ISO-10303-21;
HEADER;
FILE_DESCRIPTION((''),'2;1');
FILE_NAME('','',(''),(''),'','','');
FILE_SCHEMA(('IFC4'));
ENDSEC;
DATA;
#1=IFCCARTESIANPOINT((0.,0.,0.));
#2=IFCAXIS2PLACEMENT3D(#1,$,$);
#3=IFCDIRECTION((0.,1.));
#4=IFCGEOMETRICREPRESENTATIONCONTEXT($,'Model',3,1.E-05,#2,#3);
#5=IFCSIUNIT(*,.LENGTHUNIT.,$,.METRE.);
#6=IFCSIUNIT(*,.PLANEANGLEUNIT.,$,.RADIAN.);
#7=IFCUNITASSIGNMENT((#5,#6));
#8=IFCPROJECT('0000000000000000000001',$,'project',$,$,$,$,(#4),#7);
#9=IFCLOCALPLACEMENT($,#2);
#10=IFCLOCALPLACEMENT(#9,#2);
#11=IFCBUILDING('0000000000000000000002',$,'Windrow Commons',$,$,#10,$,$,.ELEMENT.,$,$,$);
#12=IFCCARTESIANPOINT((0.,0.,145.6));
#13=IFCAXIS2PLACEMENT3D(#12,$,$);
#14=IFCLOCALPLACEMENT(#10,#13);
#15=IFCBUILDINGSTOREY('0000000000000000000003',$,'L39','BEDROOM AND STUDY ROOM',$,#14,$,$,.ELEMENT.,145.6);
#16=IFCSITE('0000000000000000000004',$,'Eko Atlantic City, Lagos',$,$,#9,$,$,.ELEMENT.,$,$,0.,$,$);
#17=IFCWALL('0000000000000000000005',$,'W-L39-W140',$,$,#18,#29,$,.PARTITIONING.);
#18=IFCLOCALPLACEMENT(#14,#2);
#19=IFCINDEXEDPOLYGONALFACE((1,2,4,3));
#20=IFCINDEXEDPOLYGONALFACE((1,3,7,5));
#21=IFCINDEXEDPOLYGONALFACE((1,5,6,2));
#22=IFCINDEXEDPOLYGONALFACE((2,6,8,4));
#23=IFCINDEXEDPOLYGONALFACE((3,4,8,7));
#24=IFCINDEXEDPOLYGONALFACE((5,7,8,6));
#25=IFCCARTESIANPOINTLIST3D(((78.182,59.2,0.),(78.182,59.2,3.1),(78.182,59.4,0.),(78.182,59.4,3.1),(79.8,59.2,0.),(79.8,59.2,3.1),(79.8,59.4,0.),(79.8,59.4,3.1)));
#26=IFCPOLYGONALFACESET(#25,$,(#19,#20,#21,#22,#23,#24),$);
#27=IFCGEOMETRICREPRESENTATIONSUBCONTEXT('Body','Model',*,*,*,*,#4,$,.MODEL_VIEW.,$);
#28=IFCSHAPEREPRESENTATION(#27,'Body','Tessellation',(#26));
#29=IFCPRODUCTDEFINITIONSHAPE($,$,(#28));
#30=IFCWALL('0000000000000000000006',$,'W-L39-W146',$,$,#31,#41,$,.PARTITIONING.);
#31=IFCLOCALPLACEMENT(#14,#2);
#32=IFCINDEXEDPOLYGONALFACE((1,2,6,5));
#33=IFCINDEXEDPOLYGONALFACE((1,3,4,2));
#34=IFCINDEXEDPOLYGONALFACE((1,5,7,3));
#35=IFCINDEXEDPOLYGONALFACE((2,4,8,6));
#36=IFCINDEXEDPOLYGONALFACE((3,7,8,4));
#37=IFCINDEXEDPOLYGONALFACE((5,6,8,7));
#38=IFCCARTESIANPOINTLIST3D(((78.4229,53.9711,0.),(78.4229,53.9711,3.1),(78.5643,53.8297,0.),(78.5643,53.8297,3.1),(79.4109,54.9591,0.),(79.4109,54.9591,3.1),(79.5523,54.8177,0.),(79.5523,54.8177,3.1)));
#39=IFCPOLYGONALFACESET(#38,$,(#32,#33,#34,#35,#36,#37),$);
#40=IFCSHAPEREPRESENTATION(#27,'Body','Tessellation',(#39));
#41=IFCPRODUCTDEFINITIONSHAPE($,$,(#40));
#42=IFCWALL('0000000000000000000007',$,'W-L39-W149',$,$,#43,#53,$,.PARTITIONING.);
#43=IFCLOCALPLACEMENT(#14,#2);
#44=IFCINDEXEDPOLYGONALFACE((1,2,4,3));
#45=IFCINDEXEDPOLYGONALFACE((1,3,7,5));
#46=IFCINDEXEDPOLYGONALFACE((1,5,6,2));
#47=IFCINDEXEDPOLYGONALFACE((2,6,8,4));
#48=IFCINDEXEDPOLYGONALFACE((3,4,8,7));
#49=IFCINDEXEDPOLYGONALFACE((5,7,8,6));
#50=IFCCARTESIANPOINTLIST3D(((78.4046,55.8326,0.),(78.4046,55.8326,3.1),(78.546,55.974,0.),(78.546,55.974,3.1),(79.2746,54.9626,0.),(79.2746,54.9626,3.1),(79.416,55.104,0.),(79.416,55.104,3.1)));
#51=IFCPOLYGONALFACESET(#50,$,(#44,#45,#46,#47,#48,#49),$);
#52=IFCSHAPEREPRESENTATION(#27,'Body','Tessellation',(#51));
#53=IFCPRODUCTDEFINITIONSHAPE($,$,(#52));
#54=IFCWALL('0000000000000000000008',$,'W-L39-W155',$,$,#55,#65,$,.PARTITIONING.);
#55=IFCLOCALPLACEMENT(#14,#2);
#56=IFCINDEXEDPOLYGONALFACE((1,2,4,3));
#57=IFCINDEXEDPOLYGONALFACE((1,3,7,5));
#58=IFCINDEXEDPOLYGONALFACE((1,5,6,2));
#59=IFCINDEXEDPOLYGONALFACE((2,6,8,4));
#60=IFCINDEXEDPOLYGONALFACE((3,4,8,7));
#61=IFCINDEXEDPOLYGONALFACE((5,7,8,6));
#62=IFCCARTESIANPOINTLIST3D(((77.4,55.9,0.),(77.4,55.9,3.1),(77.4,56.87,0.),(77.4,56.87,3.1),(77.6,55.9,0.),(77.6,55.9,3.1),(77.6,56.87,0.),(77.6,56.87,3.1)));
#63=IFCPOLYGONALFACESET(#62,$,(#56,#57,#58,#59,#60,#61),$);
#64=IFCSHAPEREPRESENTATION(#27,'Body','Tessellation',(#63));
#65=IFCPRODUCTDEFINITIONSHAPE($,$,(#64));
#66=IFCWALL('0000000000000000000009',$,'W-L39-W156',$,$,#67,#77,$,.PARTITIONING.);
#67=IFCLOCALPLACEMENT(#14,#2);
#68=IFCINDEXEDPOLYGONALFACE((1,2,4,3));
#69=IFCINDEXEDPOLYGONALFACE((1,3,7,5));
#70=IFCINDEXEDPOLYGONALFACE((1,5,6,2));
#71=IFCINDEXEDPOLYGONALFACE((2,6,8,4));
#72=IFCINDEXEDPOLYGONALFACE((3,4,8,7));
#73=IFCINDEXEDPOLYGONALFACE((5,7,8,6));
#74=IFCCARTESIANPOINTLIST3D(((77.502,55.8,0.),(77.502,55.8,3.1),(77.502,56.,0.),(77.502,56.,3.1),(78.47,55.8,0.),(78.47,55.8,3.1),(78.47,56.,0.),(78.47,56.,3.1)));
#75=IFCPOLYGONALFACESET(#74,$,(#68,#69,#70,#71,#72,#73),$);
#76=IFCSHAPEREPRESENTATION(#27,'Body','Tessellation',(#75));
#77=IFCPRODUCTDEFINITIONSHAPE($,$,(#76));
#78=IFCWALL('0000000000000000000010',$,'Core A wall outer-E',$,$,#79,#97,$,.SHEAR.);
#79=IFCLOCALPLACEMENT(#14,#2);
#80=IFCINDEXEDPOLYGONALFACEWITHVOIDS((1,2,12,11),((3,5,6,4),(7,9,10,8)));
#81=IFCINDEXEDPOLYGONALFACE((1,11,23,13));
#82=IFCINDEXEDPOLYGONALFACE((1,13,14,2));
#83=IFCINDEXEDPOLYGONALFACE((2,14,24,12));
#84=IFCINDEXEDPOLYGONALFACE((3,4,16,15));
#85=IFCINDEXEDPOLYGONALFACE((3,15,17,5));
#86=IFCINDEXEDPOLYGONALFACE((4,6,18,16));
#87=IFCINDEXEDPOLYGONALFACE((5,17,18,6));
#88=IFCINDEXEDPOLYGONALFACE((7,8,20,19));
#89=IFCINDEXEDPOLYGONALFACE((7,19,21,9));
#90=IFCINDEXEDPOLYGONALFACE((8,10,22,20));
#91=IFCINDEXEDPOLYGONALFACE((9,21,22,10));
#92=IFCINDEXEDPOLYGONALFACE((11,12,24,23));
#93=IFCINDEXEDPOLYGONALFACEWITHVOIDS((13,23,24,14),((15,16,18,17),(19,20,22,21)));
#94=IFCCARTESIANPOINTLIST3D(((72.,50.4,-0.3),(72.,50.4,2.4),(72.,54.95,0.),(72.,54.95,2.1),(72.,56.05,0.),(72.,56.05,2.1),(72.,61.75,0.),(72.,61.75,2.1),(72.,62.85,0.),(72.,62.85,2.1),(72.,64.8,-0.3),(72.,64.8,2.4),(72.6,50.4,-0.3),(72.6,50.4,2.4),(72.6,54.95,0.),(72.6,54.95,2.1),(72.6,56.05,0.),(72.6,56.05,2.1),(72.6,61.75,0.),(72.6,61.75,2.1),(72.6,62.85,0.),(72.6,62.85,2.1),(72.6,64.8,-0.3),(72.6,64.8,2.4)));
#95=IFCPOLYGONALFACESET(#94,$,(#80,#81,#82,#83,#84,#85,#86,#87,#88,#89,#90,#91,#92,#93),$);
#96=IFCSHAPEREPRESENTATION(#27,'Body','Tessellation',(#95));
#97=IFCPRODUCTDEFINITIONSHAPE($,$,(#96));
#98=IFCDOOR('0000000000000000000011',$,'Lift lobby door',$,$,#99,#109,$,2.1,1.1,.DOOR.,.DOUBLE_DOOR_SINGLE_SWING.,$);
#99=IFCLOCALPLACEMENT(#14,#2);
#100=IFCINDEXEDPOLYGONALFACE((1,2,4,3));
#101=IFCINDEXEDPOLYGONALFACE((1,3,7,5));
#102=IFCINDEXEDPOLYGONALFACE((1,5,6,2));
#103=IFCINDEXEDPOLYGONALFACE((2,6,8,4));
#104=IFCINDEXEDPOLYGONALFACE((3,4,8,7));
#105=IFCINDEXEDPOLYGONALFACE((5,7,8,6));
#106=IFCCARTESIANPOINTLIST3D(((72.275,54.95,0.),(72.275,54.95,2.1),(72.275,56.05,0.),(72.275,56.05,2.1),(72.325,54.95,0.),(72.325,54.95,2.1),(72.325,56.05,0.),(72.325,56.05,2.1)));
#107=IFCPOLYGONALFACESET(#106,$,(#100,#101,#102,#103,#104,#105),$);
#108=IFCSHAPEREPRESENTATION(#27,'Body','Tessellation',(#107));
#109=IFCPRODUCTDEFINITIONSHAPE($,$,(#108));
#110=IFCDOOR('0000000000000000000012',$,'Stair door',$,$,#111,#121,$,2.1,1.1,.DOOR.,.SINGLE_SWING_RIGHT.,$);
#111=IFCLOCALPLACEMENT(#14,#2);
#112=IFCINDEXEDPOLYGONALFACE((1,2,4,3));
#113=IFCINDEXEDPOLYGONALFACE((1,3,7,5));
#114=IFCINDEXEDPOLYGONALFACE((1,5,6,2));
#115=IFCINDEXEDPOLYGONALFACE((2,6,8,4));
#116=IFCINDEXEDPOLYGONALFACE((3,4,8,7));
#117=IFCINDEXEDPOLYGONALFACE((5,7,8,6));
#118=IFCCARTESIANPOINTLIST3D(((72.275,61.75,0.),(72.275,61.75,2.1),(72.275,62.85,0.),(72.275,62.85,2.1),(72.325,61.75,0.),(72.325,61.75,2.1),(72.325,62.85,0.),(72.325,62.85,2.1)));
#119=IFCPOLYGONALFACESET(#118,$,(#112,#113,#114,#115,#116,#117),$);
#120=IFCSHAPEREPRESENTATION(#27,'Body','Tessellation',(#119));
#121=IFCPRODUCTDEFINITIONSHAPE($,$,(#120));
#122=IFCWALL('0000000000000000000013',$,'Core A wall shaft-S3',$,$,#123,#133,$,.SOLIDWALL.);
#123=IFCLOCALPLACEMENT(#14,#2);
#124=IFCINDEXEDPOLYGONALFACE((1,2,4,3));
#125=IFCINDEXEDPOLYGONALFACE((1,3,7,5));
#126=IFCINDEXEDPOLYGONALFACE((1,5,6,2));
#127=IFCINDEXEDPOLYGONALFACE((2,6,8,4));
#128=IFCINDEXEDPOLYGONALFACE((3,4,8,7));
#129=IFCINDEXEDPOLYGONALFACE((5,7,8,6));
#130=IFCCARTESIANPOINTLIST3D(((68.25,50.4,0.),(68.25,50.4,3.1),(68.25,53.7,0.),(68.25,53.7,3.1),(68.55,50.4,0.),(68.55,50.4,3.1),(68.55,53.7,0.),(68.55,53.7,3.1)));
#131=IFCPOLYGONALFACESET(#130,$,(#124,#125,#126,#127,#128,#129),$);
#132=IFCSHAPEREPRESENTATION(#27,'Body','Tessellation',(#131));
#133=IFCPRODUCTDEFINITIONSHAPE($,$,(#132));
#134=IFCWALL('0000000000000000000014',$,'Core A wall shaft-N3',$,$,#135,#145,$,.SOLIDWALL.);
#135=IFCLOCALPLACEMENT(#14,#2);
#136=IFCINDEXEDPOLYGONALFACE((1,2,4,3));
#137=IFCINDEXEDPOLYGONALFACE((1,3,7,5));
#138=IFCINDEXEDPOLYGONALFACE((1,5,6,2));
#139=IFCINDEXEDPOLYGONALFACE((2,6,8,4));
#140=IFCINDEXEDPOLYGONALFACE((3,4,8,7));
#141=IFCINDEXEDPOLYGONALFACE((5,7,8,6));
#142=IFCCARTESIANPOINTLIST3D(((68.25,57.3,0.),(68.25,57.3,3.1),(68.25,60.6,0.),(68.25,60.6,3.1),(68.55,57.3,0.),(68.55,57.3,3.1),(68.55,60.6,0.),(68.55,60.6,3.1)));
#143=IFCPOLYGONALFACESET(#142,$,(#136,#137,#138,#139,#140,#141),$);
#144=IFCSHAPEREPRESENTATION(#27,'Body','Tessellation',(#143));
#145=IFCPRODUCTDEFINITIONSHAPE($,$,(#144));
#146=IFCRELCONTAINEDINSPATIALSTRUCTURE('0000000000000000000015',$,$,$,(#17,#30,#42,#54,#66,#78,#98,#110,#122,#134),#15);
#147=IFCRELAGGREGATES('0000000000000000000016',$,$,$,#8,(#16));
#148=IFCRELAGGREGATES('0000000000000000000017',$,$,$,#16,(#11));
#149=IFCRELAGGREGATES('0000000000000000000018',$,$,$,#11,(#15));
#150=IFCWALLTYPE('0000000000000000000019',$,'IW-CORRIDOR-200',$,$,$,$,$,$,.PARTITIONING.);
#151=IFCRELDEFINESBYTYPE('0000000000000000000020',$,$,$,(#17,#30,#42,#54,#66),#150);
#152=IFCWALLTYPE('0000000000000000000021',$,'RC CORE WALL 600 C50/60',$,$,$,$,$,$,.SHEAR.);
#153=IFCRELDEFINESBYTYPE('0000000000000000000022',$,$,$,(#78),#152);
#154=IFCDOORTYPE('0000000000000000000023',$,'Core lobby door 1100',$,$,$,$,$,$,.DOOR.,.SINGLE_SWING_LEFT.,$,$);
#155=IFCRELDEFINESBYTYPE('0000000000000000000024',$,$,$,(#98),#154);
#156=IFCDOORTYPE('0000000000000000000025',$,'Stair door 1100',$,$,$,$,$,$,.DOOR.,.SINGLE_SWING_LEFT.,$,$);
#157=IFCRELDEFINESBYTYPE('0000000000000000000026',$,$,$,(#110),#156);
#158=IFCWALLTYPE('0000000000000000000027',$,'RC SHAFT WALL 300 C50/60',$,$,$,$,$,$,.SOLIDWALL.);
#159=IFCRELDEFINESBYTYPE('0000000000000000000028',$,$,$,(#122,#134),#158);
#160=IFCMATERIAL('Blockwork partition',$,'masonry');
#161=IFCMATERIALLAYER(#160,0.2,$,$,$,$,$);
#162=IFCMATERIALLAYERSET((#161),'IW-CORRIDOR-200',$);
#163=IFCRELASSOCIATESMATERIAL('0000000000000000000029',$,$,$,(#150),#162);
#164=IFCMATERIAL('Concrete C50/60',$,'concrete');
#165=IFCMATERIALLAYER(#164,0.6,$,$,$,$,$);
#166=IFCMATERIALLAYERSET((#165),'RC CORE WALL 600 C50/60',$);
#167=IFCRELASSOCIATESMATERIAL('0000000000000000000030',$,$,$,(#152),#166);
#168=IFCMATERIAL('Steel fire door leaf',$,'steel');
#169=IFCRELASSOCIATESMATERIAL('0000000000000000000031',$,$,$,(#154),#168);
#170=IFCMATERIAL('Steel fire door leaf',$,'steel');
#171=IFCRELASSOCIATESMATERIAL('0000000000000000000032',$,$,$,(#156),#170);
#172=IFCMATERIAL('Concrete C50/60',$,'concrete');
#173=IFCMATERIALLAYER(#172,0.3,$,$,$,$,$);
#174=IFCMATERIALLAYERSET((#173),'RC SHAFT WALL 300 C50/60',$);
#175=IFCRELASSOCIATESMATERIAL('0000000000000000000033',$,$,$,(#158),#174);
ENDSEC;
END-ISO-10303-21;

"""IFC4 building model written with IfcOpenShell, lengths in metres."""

from ifc_helpers import new_model, si_unit, direction, frame, frame_2d, origin, place, context, subcontext, project, spatial, rectangle, extrude, material, layer, layer_set, type_object, element, fill, save


model = new_model("IFC4")

# Units and contexts
model_context = context("Model", 3, precision=1e-05, world=origin(), true_north=direction((0.0, 1.0)))
body_context = subcontext(model_context, "Body", "Model", "MODEL_VIEW")
ifc_project = project(units=[si_unit("LENGTHUNIT", "METRE"), si_unit("PLANEANGLEUNIT", "RADIAN")], contexts=[model_context])

# Site, building, storey
site_placement = place(None, origin())
site = spatial("IfcSite", under=ifc_project, at=site_placement, Name="Eko Atlantic City, Lagos", CompositionType="ELEMENT", RefElevation=0.0)
building_placement = place(site_placement, origin())
building = spatial("IfcBuilding", under=site, at=building_placement, Name="Windrow Commons", CompositionType="ELEMENT")
storey_placement = place(building_placement, frame((0.0, 0.0, 145.6)))
storey = spatial("IfcBuildingStorey", under=building, at=storey_placement, Name="L39", Description="BEDROOM AND STUDY ROOM", CompositionType="ELEMENT", Elevation=145.6)

# Shared definitions
ifc_material_1 = material(Name="Blockwork partition", Category="masonry")
ifc_layer_1 = layer(ifc_material_1, 0.2)
ifc_layer_set_1 = layer_set([ifc_layer_1], Name="IW-CORRIDOR-200")
wall_type_1 = type_object("IfcWallType", Name="IW-CORRIDOR-200", PredefinedType="PARTITIONING", material=ifc_layer_set_1)

# Walls
wall_1_placement = place(storey_placement, frame((78.182, 59.3, 0.0), z_axis=(0.0, 0.0, 1.0), x_axis=(1.0, 0.0, 0.0)))
element("IfcWall", 1, at=wall_1_placement, inside=storey, type_object=wall_type_1, Name="W-L39-W140", PredefinedType="PARTITIONING", context=body_context, shape_type="SweptSolid", body=[
    extrude(rectangle(XDim=1.618, YDim=0.2, at=frame_2d((0.809, 0.0))), origin(), (0.0, 0.0, 1.0), 3.1),
])
wall_2_placement = place(storey_placement, frame((78.4936, 53.9004, 0.0), z_axis=(0.0, 0.0, 1.0), x_axis=(0.707107, 0.707107, 0.0)))
element("IfcWall", 2, at=wall_2_placement, inside=storey, type_object=wall_type_1, Name="W-L39-W146", PredefinedType="PARTITIONING", context=body_context, shape_type="SweptSolid", body=[
    extrude(rectangle(XDim=1.3972, YDim=0.2, at=frame_2d((0.6986, 0.0))), origin(), (0.0, 0.0, 1.0), 3.1),
])
wall_3_placement = place(storey_placement, frame((78.4753, 55.9033, 0.0), z_axis=(0.0, 0.0, 1.0), x_axis=(0.707107, -0.707107, 0.0)))
element("IfcWall", 3, at=wall_3_placement, inside=storey, type_object=wall_type_1, Name="W-L39-W149", PredefinedType="PARTITIONING", context=body_context, shape_type="SweptSolid", body=[
    extrude(rectangle(XDim=1.2304, YDim=0.2, at=frame_2d((0.6152, 0.0))), origin(), (0.0, 0.0, 1.0), 3.1),
])
wall_4_placement = place(storey_placement, frame((77.5, 55.9, 0.0), z_axis=(0.0, 0.0, 1.0), x_axis=(0.0, 1.0, 0.0)))
element("IfcWall", 4, at=wall_4_placement, inside=storey, type_object=wall_type_1, Name="W-L39-W155", PredefinedType="PARTITIONING", context=body_context, shape_type="SweptSolid", body=[
    extrude(rectangle(XDim=0.97, YDim=0.2, at=frame_2d((0.485, 0.0))), origin(), (0.0, 0.0, 1.0), 3.1),
])
wall_5_placement = place(storey_placement, frame((77.502, 55.9, 0.0), z_axis=(0.0, 0.0, 1.0), x_axis=(1.0, 0.0, 0.0)))
element("IfcWall", 5, at=wall_5_placement, inside=storey, type_object=wall_type_1, Name="W-L39-W156", PredefinedType="PARTITIONING", context=body_context, shape_type="SweptSolid", body=[
    extrude(rectangle(XDim=0.968, YDim=0.2, at=frame_2d((0.484, 0.0))), origin(), (0.0, 0.0, 1.0), 3.1),
])

# Wall, openings, doors
ifc_material_2 = material(Name="Concrete C50/60", Category="concrete")
ifc_layer_2 = layer(ifc_material_2, 0.6)
ifc_layer_set_2 = layer_set([ifc_layer_2], Name="RC CORE WALL 600 C50/60")
wall_type_2 = type_object("IfcWallType", Name="RC CORE WALL 600 C50/60", PredefinedType="SHEAR", material=ifc_layer_set_2)
wall_6_placement = place(storey_placement, frame((72.3, 50.4, -0.3), z_axis=(0.0, 0.0, 1.0), x_axis=(0.0, 1.0, 0.0)))
wall_6 = element("IfcWall", 6, at=wall_6_placement, inside=storey, type_object=wall_type_2, Name="Core A wall outer-E", PredefinedType="SHEAR", context=body_context, shape_type="SweptSolid", body=[
    extrude(rectangle(XDim=14.4, YDim=0.6, at=frame_2d((7.2, 0.0))), origin(), (0.0, 0.0, 1.0), 2.7),
])
opening_1_placement = place(wall_6_placement, frame((4.55, 0.0, 0.3)))
opening_1 = element("IfcOpeningElement", 7, at=opening_1_placement, cuts=wall_6, PredefinedType="OPENING", context=body_context, shape_type="SweptSolid", body=[
    extrude(rectangle(XDim=1.1, YDim=2.1, at=frame_2d((0.55, 1.05))), frame((0.0, 0.31, 0.0), z_axis=(0.0, -1.0, 0.0), x_axis=(1.0, 0.0, 0.0)), (0.0, 0.0, 1.0), 0.62),
])
opening_2_placement = place(wall_6_placement, frame((11.35, 0.0, 0.3)))
opening_2 = element("IfcOpeningElement", 8, at=opening_2_placement, cuts=wall_6, PredefinedType="OPENING", context=body_context, shape_type="SweptSolid", body=[
    extrude(rectangle(XDim=1.1, YDim=2.1, at=frame_2d((0.55, 1.05))), frame((0.0, 0.31, 0.0), z_axis=(0.0, -1.0, 0.0), x_axis=(1.0, 0.0, 0.0)), (0.0, 0.0, 1.0), 0.62),
])
ifc_material_3 = material(Name="Steel fire door leaf", Category="steel")
door_type_1 = type_object("IfcDoorType", Name="Core lobby door 1100", OperationType="SINGLE_SWING_LEFT", PredefinedType="DOOR", material=ifc_material_3)
door_1_placement = place(opening_1_placement, origin())
door_1 = element("IfcDoor", 9, at=door_1_placement, inside=storey, type_object=door_type_1, Name="Lift lobby door", OperationType="DOUBLE_DOOR_SINGLE_SWING", OverallHeight=2.1, OverallWidth=1.1, PredefinedType="DOOR", context=body_context, shape_type="SweptSolid", body=[
    extrude(rectangle(XDim=1.1, YDim=2.1, at=frame_2d((0.55, 1.05))), frame((0.0, 0.025, 0.0), z_axis=(0.0, -1.0, 0.0), x_axis=(1.0, 0.0, 0.0)), (0.0, 0.0, 1.0), 0.05),
])
fill(opening_1, door_1)
ifc_material_4 = material(Name="Steel fire door leaf", Category="steel")
door_type_2 = type_object("IfcDoorType", Name="Stair door 1100", OperationType="SINGLE_SWING_LEFT", PredefinedType="DOOR", material=ifc_material_4)
door_2_placement = place(opening_2_placement, origin())
door_2 = element("IfcDoor", 10, at=door_2_placement, inside=storey, type_object=door_type_2, Name="Stair door", OperationType="SINGLE_SWING_RIGHT", OverallHeight=2.1, OverallWidth=1.1, PredefinedType="DOOR", context=body_context, shape_type="SweptSolid", body=[
    extrude(rectangle(XDim=1.1, YDim=2.1, at=frame_2d((0.55, 1.05))), frame((0.0, 0.025, 0.0), z_axis=(0.0, -1.0, 0.0), x_axis=(1.0, 0.0, 0.0)), (0.0, 0.0, 1.0), 0.05),
])
fill(opening_2, door_2)

# Walls
ifc_material_5 = material(Name="Concrete C50/60", Category="concrete")
ifc_layer_3 = layer(ifc_material_5, 0.3)
ifc_layer_set_3 = layer_set([ifc_layer_3], Name="RC SHAFT WALL 300 C50/60")
wall_type_3 = type_object("IfcWallType", Name="RC SHAFT WALL 300 C50/60", PredefinedType="SOLIDWALL", material=ifc_layer_set_3)
for number, where, z_axis, x_axis, name in (
    (11, (68.4, 50.4, 0.0), (0.0, 0.0, 1.0), (0.0, 1.0, 0.0), "Core A wall shaft-S3"),
    (12, (68.4, 57.3, 0.0), (0.0, 0.0, 1.0), (0.0, 1.0, 0.0), "Core A wall shaft-N3"),
):
    element("IfcWall", number, at=place(storey_placement, frame(where, z_axis=z_axis, x_axis=x_axis)), inside=storey, type_object=wall_type_3, Name=name, PredefinedType="SOLIDWALL", context=body_context, shape_type="SweptSolid", body=[
        extrude(rectangle(XDim=3.3, YDim=0.3, at=frame_2d((1.65, 0.0))), origin(), (0.0, 0.0, 1.0), 3.1),
    ])

save(model, "model.ifc")
